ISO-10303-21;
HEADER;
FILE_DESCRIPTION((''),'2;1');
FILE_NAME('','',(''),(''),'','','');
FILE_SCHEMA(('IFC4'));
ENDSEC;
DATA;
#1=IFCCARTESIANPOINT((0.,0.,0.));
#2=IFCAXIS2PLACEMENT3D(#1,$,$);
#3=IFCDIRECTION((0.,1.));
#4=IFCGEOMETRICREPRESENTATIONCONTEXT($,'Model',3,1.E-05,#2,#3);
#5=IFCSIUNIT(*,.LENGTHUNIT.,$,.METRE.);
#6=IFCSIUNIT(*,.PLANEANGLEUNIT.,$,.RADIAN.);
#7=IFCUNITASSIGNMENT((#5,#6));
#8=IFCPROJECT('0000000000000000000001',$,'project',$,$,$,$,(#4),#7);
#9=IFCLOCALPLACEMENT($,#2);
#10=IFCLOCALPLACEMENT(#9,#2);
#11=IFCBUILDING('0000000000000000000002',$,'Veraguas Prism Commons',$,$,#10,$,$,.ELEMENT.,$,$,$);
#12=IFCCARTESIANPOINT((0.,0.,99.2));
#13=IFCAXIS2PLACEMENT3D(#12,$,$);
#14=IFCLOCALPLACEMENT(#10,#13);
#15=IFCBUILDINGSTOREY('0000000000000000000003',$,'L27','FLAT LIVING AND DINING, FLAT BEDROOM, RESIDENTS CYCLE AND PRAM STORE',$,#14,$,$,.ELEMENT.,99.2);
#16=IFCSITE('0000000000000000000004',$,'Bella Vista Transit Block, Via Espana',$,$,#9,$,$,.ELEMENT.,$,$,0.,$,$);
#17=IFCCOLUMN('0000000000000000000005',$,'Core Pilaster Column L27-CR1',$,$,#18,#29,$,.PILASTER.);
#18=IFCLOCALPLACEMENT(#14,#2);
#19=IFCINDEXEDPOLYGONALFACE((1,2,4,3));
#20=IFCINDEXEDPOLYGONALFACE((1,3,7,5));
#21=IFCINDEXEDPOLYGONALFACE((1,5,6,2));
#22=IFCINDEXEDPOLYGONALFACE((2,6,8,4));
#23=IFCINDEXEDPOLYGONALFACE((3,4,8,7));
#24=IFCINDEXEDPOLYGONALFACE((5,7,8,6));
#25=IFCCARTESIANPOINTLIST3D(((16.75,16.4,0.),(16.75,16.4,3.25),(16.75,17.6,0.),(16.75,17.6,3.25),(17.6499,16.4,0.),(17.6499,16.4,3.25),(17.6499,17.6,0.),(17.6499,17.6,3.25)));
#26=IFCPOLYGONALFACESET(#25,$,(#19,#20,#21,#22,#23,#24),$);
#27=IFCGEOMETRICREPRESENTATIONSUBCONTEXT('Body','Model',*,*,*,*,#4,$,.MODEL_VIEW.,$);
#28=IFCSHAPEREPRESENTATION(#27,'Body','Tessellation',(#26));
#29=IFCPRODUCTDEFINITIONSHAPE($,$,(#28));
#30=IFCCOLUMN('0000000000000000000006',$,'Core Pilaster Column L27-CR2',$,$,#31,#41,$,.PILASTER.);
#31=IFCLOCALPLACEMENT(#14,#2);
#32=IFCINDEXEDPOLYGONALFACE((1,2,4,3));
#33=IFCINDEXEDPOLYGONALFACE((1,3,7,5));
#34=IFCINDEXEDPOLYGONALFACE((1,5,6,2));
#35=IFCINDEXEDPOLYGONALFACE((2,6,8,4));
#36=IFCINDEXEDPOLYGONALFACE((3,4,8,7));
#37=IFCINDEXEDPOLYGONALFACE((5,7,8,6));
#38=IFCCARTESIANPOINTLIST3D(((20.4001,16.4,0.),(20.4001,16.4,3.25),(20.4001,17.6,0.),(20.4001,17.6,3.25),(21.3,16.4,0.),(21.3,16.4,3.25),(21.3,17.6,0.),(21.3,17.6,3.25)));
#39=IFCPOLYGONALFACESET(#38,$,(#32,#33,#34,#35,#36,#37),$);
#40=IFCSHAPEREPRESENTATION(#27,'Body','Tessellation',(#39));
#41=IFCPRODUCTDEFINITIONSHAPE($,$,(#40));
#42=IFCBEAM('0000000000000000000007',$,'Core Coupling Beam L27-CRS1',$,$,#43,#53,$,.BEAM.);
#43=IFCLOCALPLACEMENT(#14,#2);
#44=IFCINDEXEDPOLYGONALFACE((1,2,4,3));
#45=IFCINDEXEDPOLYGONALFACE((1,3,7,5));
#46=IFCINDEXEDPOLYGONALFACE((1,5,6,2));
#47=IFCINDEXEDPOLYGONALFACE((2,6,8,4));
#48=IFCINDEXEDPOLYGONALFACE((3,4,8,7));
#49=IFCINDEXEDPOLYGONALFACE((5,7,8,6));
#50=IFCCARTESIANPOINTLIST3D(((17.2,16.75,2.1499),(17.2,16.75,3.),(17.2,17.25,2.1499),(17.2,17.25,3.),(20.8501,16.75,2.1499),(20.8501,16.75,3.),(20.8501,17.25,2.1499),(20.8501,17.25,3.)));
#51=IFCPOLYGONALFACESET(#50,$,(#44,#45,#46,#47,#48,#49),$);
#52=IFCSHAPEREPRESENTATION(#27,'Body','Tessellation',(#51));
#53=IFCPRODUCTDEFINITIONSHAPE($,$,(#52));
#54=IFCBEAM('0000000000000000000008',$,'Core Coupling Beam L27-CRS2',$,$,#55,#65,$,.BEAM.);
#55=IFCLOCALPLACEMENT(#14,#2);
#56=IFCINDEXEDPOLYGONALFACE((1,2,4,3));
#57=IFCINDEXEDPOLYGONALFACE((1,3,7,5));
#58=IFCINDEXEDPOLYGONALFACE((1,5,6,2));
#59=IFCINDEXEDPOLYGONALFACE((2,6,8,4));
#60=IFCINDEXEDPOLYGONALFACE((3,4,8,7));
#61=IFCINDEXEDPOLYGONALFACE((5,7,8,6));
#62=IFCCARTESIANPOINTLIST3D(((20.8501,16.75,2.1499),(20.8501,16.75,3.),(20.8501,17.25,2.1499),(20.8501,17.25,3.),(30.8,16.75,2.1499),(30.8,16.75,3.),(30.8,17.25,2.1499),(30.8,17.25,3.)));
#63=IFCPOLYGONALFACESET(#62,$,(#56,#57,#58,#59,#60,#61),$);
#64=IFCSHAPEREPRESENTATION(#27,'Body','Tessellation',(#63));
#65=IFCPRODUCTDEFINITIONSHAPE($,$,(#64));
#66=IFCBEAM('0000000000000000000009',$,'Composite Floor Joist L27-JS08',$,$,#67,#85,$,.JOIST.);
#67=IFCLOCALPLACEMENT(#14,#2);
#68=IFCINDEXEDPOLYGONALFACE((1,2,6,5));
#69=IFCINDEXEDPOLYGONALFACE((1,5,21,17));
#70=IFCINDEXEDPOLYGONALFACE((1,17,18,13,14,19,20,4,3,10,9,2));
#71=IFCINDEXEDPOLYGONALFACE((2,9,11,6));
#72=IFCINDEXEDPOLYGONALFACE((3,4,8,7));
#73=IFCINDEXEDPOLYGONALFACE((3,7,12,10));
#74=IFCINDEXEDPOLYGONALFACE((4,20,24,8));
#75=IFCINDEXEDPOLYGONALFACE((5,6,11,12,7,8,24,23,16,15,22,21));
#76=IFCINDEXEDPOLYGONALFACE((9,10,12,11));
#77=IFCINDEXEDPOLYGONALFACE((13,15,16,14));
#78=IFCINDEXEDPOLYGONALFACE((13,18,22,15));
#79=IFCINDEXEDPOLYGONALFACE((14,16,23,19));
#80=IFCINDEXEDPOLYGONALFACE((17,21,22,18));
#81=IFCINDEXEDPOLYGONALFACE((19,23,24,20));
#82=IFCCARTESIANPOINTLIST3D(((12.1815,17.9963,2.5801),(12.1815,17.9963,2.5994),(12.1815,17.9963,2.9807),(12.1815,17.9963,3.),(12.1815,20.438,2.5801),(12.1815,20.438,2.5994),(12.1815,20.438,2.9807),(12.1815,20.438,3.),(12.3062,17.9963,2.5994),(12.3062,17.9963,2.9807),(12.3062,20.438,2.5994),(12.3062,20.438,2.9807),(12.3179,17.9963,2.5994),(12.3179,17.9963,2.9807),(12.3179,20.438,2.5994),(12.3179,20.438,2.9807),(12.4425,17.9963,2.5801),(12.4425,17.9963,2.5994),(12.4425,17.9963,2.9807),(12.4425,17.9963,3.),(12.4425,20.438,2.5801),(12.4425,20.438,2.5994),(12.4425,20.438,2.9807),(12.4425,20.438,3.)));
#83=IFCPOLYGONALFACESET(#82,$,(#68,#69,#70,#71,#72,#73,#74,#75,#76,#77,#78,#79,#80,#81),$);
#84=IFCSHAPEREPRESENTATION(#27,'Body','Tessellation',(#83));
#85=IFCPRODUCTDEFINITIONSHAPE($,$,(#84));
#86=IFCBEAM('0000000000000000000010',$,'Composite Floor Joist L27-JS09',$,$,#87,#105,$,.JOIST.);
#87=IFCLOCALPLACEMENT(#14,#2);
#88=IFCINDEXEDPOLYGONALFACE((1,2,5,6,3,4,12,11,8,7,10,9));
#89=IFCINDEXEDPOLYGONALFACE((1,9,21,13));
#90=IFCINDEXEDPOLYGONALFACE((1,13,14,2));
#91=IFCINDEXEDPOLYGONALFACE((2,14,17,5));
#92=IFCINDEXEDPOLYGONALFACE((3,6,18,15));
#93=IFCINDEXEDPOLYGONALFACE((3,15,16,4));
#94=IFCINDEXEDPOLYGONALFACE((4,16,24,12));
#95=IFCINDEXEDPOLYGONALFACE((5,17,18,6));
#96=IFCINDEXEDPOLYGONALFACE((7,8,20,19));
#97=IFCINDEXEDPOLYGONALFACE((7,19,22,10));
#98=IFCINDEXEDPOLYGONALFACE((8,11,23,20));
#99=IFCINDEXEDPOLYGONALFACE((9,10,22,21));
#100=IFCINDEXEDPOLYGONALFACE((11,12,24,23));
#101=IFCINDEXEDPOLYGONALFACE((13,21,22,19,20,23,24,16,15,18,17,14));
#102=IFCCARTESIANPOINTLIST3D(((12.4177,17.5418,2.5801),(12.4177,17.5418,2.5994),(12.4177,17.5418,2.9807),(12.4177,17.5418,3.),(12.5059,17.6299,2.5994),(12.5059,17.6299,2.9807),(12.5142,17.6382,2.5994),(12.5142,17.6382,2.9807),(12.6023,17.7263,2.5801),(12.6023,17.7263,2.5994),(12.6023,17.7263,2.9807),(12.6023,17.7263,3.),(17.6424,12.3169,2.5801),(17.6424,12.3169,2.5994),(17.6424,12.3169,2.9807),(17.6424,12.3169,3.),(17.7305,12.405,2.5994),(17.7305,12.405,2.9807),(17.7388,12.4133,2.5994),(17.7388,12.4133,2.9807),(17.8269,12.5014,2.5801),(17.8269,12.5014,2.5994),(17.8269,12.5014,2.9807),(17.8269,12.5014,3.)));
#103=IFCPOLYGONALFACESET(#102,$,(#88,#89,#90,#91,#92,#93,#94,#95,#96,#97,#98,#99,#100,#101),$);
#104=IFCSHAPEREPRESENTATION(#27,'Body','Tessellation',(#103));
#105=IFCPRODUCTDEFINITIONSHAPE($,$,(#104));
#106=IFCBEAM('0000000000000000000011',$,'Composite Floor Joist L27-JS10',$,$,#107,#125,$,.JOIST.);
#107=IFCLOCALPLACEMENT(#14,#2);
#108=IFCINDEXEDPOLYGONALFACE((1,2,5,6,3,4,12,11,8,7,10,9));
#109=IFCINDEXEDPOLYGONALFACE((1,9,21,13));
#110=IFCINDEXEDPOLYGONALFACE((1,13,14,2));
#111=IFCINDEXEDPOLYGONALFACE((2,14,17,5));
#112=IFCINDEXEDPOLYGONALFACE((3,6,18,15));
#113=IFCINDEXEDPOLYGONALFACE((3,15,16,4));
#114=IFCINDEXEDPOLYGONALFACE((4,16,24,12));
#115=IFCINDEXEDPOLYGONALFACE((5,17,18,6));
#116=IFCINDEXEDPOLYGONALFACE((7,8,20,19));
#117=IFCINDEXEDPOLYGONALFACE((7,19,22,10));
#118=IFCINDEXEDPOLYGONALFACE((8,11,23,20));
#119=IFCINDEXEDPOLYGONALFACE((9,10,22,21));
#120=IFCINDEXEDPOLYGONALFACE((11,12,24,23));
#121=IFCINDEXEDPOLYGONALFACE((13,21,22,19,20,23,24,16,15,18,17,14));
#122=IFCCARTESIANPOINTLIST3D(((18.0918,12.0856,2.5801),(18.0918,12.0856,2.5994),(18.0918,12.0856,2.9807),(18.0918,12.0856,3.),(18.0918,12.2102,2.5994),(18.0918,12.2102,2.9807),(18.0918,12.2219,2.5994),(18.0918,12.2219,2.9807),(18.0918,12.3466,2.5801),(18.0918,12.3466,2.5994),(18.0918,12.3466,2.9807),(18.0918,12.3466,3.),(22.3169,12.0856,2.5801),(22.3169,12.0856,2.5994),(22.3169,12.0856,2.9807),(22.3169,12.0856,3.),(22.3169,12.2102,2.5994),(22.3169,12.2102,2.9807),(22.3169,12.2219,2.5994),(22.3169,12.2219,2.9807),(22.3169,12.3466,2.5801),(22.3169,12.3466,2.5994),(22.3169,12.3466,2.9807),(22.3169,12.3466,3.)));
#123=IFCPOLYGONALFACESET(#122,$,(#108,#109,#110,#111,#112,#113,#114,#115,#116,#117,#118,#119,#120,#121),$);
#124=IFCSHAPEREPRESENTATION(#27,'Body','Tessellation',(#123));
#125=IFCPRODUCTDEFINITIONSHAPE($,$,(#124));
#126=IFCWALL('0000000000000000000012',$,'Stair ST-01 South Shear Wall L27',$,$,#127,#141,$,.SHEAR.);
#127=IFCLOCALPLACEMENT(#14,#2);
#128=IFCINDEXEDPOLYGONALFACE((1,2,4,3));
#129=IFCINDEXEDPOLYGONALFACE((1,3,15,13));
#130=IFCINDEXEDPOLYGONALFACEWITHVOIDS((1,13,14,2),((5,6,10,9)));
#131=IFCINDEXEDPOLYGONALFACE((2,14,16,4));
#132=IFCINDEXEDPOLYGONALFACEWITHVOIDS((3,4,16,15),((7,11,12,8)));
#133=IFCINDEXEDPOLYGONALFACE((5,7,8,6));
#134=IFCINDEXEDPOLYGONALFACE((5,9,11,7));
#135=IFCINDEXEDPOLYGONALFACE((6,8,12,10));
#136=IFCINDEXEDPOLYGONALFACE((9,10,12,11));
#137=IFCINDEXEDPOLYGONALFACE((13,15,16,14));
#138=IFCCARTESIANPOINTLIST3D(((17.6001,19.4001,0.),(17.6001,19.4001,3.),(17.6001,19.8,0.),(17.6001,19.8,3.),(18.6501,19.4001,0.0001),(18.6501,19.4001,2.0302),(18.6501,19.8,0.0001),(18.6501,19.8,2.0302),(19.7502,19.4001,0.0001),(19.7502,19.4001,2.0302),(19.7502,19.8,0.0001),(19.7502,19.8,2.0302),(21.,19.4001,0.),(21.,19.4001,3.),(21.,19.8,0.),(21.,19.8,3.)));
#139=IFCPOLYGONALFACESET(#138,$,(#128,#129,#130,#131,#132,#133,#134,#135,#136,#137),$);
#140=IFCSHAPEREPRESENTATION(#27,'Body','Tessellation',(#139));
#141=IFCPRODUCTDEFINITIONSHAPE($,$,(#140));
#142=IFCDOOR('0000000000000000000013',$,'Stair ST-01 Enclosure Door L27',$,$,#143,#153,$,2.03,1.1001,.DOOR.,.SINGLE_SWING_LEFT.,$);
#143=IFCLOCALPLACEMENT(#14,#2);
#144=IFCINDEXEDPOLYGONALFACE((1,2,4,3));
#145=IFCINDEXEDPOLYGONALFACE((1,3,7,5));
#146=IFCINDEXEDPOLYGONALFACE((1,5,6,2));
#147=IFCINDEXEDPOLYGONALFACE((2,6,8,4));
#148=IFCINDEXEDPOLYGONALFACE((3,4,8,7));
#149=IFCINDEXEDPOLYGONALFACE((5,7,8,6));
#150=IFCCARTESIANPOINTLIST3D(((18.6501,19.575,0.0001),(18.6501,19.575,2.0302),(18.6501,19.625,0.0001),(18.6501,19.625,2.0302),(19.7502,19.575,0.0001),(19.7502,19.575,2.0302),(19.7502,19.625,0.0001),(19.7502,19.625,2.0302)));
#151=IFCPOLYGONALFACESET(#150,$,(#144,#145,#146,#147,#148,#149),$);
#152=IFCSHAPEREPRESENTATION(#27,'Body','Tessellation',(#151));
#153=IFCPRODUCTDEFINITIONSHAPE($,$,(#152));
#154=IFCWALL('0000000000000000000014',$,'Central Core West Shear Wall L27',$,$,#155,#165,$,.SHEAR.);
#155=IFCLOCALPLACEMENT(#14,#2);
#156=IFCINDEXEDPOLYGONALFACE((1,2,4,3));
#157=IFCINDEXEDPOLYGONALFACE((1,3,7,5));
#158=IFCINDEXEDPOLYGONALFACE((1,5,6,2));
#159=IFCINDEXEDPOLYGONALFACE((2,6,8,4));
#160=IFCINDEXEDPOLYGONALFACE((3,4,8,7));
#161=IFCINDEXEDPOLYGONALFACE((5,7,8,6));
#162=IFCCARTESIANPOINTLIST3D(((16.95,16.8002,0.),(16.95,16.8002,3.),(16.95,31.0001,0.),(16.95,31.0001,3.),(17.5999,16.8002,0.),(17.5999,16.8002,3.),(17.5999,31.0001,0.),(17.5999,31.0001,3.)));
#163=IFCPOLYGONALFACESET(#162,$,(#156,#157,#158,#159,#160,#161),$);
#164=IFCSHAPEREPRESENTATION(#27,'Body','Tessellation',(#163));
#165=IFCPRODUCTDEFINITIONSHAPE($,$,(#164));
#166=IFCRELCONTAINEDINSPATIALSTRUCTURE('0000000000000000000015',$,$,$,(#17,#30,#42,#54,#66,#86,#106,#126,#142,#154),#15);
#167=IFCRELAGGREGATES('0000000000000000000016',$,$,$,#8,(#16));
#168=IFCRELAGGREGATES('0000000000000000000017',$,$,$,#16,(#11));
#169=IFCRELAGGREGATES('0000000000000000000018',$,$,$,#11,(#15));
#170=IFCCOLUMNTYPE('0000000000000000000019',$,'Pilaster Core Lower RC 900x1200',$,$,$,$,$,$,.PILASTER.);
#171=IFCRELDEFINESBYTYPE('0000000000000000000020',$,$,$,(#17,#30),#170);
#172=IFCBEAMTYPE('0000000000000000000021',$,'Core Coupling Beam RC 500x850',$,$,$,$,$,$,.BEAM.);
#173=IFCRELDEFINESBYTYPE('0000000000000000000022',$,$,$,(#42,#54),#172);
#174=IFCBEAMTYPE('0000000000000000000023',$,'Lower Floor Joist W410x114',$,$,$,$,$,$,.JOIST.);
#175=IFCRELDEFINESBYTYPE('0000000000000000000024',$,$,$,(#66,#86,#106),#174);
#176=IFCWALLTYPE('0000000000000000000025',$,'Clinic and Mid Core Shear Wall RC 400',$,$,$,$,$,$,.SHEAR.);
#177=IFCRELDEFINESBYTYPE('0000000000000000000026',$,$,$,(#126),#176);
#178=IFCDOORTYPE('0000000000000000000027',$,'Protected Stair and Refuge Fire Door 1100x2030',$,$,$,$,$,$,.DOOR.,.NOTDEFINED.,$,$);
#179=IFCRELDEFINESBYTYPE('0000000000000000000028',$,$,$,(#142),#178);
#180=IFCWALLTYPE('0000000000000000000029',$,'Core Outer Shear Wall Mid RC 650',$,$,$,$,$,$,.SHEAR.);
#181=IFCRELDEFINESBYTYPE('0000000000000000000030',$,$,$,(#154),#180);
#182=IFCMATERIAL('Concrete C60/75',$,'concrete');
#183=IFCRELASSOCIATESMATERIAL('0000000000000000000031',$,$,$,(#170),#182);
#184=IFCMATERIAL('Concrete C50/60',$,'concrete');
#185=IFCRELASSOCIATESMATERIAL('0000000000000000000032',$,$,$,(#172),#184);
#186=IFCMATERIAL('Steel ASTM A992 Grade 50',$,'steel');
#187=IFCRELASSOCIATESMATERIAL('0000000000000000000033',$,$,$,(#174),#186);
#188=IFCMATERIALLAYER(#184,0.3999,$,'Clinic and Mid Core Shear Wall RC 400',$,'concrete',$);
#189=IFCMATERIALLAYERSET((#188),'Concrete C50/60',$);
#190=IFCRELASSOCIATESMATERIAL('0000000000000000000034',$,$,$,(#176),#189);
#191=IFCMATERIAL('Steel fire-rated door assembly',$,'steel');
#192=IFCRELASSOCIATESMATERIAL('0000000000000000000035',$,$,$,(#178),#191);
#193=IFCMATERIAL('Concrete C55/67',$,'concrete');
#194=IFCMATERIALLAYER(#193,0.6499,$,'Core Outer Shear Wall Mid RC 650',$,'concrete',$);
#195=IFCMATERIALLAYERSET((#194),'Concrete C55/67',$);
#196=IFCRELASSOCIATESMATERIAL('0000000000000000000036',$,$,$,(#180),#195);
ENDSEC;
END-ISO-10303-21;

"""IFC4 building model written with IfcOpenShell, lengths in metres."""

from ifc_helpers import new_model, si_unit, direction, frame, frame_2d, origin, origin_2d, place, context, subcontext, project, spatial, rectangle, i_section, extrude, source, transform, mapped, material, layer, layer_set, material_profile, profile_set, type_object, element, fill, save


model = new_model("IFC4")

# Units and contexts
model_context = context("Model", 3, precision=1e-05, world=origin(), true_north=direction((0.0, 1.0)))
body_context = subcontext(model_context, "Body", "Model", "MODEL_VIEW")
ifc_project = project(units=[si_unit("LENGTHUNIT", "METRE"), si_unit("PLANEANGLEUNIT", "RADIAN")], contexts=[model_context])

# Site, building, storey
site_placement = place(None, origin())
site = spatial("IfcSite", under=ifc_project, at=site_placement, Name="Bella Vista Transit Block, Via Espana", CompositionType="ELEMENT", RefElevation=0.0)
building_placement = place(site_placement, origin())
building = spatial("IfcBuilding", under=site, at=building_placement, Name="Veraguas Prism Commons", CompositionType="ELEMENT")
storey_placement = place(building_placement, frame((0.0, 0.0, 99.2)))
storey = spatial("IfcBuildingStorey", under=building, at=storey_placement, Name="L27", Description="FLAT LIVING AND DINING, FLAT BEDROOM, RESIDENTS CYCLE AND PRAM STORE", CompositionType="ELEMENT", Elevation=99.2)

# Columns
ifc_material_1 = material(Name="Concrete C60/75", Category="concrete")
ifc_material_profile_1 = material_profile(ifc_material_1, rectangle(XDim=0.8999, YDim=1.2, at=origin_2d()), Name="RC900X1200")
ifc_profile_set_1 = profile_set([ifc_material_profile_1], Name="Concrete C60/75")
column_type = type_object("IfcColumnType", Name="Pilaster Core Lower RC 900x1200", PredefinedType="PILASTER", material=ifc_profile_set_1)
for number, where, z_axis, x_axis, name in (
    (1, (17.2, 17.0, 0.0), (0.0, 0.0, 1.0), (1.0, 0.0, 0.0), "Core Pilaster Column L27-CR1"),
    (2, (20.8501, 17.0, 0.0), (0.0, 0.0, 1.0), (1.0, 0.0, 0.0), "Core Pilaster Column L27-CR2"),
):
    element("IfcColumn", number, at=place(storey_placement, frame(where, z_axis=z_axis, x_axis=x_axis)), inside=storey, type_object=column_type, Name=name, PredefinedType="PILASTER", context=body_context, shape_type="SweptSolid", body=[
        extrude(rectangle(XDim=0.8999, YDim=1.2, at=origin_2d()), origin(), (0.0, 0.0, 1.0), 3.25),
    ])

# Beams
ifc_material_2 = material(Name="Concrete C50/60", Category="concrete")
ifc_material_profile_2 = material_profile(ifc_material_2, rectangle(XDim=0.5, YDim=0.8501, at=origin_2d()), Name="RC500X850")
ifc_profile_set_2 = profile_set([ifc_material_profile_2], Name="Concrete C50/60")
beam_type_1 = type_object("IfcBeamType", Name="Core Coupling Beam RC 500x850", PredefinedType="BEAM", material=ifc_profile_set_2)
beam_1_placement = place(storey_placement, frame((17.2, 17.0, 2.575), z_axis=(1.0, 0.0, 0.0), x_axis=(0.0, 1.0, 0.0)))
element("IfcBeam", 3, at=beam_1_placement, inside=storey, type_object=beam_type_1, Name="Core Coupling Beam L27-CRS1", PredefinedType="BEAM", context=body_context, shape_type="SweptSolid", body=[
    extrude(rectangle(XDim=0.5, YDim=0.8501, at=origin_2d()), origin(), (0.0, 0.0, 1.0), 3.6501),
])
beam_2_placement = place(storey_placement, frame((20.8501, 17.0, 2.575), z_axis=(1.0, 0.0, 0.0), x_axis=(0.0, 1.0, 0.0)))
element("IfcBeam", 4, at=beam_2_placement, inside=storey, type_object=beam_type_1, Name="Core Coupling Beam L27-CRS2", PredefinedType="BEAM", context=body_context, shape_type="SweptSolid", body=[
    extrude(rectangle(XDim=0.5, YDim=0.8501, at=origin_2d()), origin(), (0.0, 0.0, 1.0), 9.95),
])
ifc_material_3 = material(Name="Steel ASTM A992 Grade 50", Category="steel")
ifc_material_profile_3 = material_profile(ifc_material_3, i_section(OverallWidth=0.261, OverallDepth=0.4199, WebThickness=0.0117, FlangeThickness=0.0193, at=origin_2d()), Name="W410X114")
ifc_profile_set_3 = profile_set([ifc_material_profile_3], Name="Steel ASTM A992 Grade 50")
beam_type_2 = type_object("IfcBeamType", Name="Lower Floor Joist W410x114", PredefinedType="JOIST", material=ifc_profile_set_3)
beam_3_placement = place(storey_placement, frame((12.312, 20.438, 2.79), z_axis=(0.0, -1.0, 0.0), x_axis=(1.0, 0.0, 0.0)))
element("IfcBeam", 5, at=beam_3_placement, inside=storey, type_object=beam_type_2, Name="Composite Floor Joist L27-JS08", PredefinedType="JOIST", context=body_context, shape_type="SweptSolid", body=[
    extrude(i_section(OverallWidth=0.261, OverallDepth=0.4199, WebThickness=0.0117, FlangeThickness=0.0193, at=origin_2d()), origin(), (0.0, 0.0, 1.0), 2.4417),
])
beam_4_placement = place(storey_placement, frame((12.51, 17.634, 2.79), z_axis=(0.70709, -0.707123, 0.0), x_axis=(0.707123, 0.70709, 0.0)))
element("IfcBeam", 6, at=beam_4_placement, inside=storey, type_object=beam_type_2, Name="Composite Floor Joist L27-JS09", PredefinedType="JOIST", context=body_context, shape_type="SweptSolid", body=[
    extrude(i_section(OverallWidth=0.261, OverallDepth=0.4199, WebThickness=0.0117, FlangeThickness=0.0193, at=origin_2d()), origin(), (0.0, 0.0, 1.0), 7.3889),
])
beam_5_placement = place(storey_placement, frame((18.0918, 12.2161, 2.79), z_axis=(1.0, 0.0, 0.0), x_axis=(0.0, 1.0, 0.0)))
element("IfcBeam", 7, at=beam_5_placement, inside=storey, type_object=beam_type_2, Name="Composite Floor Joist L27-JS10", PredefinedType="JOIST", context=body_context, shape_type="SweptSolid", body=[
    extrude(i_section(OverallWidth=0.261, OverallDepth=0.4199, WebThickness=0.0117, FlangeThickness=0.0193, at=origin_2d()), origin(), (0.0, 0.0, 1.0), 4.2251),
])

# Wall, opening, door
ifc_layer_1 = layer(ifc_material_2, 0.3999, Name="Clinic and Mid Core Shear Wall RC 400", Category="concrete")
ifc_layer_set_1 = layer_set([ifc_layer_1], Name="Concrete C50/60")
wall_type_1 = type_object("IfcWallType", Name="Clinic and Mid Core Shear Wall RC 400", PredefinedType="SHEAR", material=ifc_layer_set_1)
wall_1_placement = place(storey_placement, frame((17.6001, 19.6001, 0.0), z_axis=(0.0, 0.0, 1.0), x_axis=(1.0, 0.0, 0.0)))
wall_1 = element("IfcWall", 8, at=wall_1_placement, inside=storey, type_object=wall_type_1, Name="Stair ST-01 South Shear Wall L27", PredefinedType="SHEAR", context=body_context, shape_type="SweptSolid", body=[
    extrude(rectangle(XDim=3.3999, YDim=0.3999, at=frame_2d((1.7, 0.0))), origin(), (0.0, 0.0, 1.0), 3.0),
])
opening_1_placement = place(wall_1_placement, frame((1.05, 0.0, 0.0)))
opening_1 = element("IfcOpeningElement", 9, at=opening_1_placement, cuts=wall_1, PredefinedType="OPENING", context=body_context, shape_type="SweptSolid", body=[
    extrude(rectangle(XDim=1.1001, YDim=2.03, at=frame_2d((0.55, 1.0151))), frame((0.0, 0.21, 0.0), z_axis=(0.0, -1.0, 0.0), x_axis=(1.0, 0.0, 0.0)), (0.0, 0.0, 1.0), 0.4199),
])
ifc_material_4 = material(Name="Steel fire-rated door assembly", Category="steel")
door_type_1 = type_object("IfcDoorType", Name="Protected Stair and Refuge Fire Door 1100x2030", OperationType="NOTDEFINED", PredefinedType="DOOR", material=ifc_material_4)
shared_shape_1 = source(origin(), body_context, "Body", "SweptSolid", [
    extrude(rectangle(XDim=1.1001, YDim=2.03, at=frame_2d((0.55, 1.0151))), frame((0.0, 0.0249, 0.0), z_axis=(0.0, -1.0, 0.0), x_axis=(1.0, 0.0, 0.0)), (0.0, 0.0, 1.0), 0.05),
])
door_1_placement = place(opening_1_placement, origin())
door_1 = element("IfcDoor", 10, at=door_1_placement, inside=storey, type_object=door_type_1, Name="Stair ST-01 Enclosure Door L27", OperationType="SINGLE_SWING_LEFT", OverallHeight=2.03, OverallWidth=1.1001, PredefinedType="DOOR", context=body_context, shape_type="MappedRepresentation", body=[
    mapped(shared_shape_1, transform((0.0, 0.0, 0.0), scale=1.0)),
])
fill(opening_1, door_1)

# Wall
ifc_material_5 = material(Name="Concrete C55/67", Category="concrete")
ifc_layer_2 = layer(ifc_material_5, 0.6499, Name="Core Outer Shear Wall Mid RC 650", Category="concrete")
ifc_layer_set_2 = layer_set([ifc_layer_2], Name="Concrete C55/67")
wall_type_2 = type_object("IfcWallType", Name="Core Outer Shear Wall Mid RC 650", PredefinedType="SHEAR", material=ifc_layer_set_2)
wall_2_placement = place(storey_placement, frame((17.2749, 16.8, 0.0), z_axis=(0.0, 0.0, 1.0), x_axis=(0.0, 1.0, 0.0)))
element("IfcWall", 11, at=wall_2_placement, inside=storey, type_object=wall_type_2, Name="Central Core West Shear Wall L27", PredefinedType="SHEAR", context=body_context, shape_type="SweptSolid", body=[
    extrude(rectangle(XDim=14.2, YDim=0.6499, at=frame_2d((7.1001, 0.0))), origin(), (0.0, 0.0, 1.0), 3.0),
])

save(model, "model.ifc")
